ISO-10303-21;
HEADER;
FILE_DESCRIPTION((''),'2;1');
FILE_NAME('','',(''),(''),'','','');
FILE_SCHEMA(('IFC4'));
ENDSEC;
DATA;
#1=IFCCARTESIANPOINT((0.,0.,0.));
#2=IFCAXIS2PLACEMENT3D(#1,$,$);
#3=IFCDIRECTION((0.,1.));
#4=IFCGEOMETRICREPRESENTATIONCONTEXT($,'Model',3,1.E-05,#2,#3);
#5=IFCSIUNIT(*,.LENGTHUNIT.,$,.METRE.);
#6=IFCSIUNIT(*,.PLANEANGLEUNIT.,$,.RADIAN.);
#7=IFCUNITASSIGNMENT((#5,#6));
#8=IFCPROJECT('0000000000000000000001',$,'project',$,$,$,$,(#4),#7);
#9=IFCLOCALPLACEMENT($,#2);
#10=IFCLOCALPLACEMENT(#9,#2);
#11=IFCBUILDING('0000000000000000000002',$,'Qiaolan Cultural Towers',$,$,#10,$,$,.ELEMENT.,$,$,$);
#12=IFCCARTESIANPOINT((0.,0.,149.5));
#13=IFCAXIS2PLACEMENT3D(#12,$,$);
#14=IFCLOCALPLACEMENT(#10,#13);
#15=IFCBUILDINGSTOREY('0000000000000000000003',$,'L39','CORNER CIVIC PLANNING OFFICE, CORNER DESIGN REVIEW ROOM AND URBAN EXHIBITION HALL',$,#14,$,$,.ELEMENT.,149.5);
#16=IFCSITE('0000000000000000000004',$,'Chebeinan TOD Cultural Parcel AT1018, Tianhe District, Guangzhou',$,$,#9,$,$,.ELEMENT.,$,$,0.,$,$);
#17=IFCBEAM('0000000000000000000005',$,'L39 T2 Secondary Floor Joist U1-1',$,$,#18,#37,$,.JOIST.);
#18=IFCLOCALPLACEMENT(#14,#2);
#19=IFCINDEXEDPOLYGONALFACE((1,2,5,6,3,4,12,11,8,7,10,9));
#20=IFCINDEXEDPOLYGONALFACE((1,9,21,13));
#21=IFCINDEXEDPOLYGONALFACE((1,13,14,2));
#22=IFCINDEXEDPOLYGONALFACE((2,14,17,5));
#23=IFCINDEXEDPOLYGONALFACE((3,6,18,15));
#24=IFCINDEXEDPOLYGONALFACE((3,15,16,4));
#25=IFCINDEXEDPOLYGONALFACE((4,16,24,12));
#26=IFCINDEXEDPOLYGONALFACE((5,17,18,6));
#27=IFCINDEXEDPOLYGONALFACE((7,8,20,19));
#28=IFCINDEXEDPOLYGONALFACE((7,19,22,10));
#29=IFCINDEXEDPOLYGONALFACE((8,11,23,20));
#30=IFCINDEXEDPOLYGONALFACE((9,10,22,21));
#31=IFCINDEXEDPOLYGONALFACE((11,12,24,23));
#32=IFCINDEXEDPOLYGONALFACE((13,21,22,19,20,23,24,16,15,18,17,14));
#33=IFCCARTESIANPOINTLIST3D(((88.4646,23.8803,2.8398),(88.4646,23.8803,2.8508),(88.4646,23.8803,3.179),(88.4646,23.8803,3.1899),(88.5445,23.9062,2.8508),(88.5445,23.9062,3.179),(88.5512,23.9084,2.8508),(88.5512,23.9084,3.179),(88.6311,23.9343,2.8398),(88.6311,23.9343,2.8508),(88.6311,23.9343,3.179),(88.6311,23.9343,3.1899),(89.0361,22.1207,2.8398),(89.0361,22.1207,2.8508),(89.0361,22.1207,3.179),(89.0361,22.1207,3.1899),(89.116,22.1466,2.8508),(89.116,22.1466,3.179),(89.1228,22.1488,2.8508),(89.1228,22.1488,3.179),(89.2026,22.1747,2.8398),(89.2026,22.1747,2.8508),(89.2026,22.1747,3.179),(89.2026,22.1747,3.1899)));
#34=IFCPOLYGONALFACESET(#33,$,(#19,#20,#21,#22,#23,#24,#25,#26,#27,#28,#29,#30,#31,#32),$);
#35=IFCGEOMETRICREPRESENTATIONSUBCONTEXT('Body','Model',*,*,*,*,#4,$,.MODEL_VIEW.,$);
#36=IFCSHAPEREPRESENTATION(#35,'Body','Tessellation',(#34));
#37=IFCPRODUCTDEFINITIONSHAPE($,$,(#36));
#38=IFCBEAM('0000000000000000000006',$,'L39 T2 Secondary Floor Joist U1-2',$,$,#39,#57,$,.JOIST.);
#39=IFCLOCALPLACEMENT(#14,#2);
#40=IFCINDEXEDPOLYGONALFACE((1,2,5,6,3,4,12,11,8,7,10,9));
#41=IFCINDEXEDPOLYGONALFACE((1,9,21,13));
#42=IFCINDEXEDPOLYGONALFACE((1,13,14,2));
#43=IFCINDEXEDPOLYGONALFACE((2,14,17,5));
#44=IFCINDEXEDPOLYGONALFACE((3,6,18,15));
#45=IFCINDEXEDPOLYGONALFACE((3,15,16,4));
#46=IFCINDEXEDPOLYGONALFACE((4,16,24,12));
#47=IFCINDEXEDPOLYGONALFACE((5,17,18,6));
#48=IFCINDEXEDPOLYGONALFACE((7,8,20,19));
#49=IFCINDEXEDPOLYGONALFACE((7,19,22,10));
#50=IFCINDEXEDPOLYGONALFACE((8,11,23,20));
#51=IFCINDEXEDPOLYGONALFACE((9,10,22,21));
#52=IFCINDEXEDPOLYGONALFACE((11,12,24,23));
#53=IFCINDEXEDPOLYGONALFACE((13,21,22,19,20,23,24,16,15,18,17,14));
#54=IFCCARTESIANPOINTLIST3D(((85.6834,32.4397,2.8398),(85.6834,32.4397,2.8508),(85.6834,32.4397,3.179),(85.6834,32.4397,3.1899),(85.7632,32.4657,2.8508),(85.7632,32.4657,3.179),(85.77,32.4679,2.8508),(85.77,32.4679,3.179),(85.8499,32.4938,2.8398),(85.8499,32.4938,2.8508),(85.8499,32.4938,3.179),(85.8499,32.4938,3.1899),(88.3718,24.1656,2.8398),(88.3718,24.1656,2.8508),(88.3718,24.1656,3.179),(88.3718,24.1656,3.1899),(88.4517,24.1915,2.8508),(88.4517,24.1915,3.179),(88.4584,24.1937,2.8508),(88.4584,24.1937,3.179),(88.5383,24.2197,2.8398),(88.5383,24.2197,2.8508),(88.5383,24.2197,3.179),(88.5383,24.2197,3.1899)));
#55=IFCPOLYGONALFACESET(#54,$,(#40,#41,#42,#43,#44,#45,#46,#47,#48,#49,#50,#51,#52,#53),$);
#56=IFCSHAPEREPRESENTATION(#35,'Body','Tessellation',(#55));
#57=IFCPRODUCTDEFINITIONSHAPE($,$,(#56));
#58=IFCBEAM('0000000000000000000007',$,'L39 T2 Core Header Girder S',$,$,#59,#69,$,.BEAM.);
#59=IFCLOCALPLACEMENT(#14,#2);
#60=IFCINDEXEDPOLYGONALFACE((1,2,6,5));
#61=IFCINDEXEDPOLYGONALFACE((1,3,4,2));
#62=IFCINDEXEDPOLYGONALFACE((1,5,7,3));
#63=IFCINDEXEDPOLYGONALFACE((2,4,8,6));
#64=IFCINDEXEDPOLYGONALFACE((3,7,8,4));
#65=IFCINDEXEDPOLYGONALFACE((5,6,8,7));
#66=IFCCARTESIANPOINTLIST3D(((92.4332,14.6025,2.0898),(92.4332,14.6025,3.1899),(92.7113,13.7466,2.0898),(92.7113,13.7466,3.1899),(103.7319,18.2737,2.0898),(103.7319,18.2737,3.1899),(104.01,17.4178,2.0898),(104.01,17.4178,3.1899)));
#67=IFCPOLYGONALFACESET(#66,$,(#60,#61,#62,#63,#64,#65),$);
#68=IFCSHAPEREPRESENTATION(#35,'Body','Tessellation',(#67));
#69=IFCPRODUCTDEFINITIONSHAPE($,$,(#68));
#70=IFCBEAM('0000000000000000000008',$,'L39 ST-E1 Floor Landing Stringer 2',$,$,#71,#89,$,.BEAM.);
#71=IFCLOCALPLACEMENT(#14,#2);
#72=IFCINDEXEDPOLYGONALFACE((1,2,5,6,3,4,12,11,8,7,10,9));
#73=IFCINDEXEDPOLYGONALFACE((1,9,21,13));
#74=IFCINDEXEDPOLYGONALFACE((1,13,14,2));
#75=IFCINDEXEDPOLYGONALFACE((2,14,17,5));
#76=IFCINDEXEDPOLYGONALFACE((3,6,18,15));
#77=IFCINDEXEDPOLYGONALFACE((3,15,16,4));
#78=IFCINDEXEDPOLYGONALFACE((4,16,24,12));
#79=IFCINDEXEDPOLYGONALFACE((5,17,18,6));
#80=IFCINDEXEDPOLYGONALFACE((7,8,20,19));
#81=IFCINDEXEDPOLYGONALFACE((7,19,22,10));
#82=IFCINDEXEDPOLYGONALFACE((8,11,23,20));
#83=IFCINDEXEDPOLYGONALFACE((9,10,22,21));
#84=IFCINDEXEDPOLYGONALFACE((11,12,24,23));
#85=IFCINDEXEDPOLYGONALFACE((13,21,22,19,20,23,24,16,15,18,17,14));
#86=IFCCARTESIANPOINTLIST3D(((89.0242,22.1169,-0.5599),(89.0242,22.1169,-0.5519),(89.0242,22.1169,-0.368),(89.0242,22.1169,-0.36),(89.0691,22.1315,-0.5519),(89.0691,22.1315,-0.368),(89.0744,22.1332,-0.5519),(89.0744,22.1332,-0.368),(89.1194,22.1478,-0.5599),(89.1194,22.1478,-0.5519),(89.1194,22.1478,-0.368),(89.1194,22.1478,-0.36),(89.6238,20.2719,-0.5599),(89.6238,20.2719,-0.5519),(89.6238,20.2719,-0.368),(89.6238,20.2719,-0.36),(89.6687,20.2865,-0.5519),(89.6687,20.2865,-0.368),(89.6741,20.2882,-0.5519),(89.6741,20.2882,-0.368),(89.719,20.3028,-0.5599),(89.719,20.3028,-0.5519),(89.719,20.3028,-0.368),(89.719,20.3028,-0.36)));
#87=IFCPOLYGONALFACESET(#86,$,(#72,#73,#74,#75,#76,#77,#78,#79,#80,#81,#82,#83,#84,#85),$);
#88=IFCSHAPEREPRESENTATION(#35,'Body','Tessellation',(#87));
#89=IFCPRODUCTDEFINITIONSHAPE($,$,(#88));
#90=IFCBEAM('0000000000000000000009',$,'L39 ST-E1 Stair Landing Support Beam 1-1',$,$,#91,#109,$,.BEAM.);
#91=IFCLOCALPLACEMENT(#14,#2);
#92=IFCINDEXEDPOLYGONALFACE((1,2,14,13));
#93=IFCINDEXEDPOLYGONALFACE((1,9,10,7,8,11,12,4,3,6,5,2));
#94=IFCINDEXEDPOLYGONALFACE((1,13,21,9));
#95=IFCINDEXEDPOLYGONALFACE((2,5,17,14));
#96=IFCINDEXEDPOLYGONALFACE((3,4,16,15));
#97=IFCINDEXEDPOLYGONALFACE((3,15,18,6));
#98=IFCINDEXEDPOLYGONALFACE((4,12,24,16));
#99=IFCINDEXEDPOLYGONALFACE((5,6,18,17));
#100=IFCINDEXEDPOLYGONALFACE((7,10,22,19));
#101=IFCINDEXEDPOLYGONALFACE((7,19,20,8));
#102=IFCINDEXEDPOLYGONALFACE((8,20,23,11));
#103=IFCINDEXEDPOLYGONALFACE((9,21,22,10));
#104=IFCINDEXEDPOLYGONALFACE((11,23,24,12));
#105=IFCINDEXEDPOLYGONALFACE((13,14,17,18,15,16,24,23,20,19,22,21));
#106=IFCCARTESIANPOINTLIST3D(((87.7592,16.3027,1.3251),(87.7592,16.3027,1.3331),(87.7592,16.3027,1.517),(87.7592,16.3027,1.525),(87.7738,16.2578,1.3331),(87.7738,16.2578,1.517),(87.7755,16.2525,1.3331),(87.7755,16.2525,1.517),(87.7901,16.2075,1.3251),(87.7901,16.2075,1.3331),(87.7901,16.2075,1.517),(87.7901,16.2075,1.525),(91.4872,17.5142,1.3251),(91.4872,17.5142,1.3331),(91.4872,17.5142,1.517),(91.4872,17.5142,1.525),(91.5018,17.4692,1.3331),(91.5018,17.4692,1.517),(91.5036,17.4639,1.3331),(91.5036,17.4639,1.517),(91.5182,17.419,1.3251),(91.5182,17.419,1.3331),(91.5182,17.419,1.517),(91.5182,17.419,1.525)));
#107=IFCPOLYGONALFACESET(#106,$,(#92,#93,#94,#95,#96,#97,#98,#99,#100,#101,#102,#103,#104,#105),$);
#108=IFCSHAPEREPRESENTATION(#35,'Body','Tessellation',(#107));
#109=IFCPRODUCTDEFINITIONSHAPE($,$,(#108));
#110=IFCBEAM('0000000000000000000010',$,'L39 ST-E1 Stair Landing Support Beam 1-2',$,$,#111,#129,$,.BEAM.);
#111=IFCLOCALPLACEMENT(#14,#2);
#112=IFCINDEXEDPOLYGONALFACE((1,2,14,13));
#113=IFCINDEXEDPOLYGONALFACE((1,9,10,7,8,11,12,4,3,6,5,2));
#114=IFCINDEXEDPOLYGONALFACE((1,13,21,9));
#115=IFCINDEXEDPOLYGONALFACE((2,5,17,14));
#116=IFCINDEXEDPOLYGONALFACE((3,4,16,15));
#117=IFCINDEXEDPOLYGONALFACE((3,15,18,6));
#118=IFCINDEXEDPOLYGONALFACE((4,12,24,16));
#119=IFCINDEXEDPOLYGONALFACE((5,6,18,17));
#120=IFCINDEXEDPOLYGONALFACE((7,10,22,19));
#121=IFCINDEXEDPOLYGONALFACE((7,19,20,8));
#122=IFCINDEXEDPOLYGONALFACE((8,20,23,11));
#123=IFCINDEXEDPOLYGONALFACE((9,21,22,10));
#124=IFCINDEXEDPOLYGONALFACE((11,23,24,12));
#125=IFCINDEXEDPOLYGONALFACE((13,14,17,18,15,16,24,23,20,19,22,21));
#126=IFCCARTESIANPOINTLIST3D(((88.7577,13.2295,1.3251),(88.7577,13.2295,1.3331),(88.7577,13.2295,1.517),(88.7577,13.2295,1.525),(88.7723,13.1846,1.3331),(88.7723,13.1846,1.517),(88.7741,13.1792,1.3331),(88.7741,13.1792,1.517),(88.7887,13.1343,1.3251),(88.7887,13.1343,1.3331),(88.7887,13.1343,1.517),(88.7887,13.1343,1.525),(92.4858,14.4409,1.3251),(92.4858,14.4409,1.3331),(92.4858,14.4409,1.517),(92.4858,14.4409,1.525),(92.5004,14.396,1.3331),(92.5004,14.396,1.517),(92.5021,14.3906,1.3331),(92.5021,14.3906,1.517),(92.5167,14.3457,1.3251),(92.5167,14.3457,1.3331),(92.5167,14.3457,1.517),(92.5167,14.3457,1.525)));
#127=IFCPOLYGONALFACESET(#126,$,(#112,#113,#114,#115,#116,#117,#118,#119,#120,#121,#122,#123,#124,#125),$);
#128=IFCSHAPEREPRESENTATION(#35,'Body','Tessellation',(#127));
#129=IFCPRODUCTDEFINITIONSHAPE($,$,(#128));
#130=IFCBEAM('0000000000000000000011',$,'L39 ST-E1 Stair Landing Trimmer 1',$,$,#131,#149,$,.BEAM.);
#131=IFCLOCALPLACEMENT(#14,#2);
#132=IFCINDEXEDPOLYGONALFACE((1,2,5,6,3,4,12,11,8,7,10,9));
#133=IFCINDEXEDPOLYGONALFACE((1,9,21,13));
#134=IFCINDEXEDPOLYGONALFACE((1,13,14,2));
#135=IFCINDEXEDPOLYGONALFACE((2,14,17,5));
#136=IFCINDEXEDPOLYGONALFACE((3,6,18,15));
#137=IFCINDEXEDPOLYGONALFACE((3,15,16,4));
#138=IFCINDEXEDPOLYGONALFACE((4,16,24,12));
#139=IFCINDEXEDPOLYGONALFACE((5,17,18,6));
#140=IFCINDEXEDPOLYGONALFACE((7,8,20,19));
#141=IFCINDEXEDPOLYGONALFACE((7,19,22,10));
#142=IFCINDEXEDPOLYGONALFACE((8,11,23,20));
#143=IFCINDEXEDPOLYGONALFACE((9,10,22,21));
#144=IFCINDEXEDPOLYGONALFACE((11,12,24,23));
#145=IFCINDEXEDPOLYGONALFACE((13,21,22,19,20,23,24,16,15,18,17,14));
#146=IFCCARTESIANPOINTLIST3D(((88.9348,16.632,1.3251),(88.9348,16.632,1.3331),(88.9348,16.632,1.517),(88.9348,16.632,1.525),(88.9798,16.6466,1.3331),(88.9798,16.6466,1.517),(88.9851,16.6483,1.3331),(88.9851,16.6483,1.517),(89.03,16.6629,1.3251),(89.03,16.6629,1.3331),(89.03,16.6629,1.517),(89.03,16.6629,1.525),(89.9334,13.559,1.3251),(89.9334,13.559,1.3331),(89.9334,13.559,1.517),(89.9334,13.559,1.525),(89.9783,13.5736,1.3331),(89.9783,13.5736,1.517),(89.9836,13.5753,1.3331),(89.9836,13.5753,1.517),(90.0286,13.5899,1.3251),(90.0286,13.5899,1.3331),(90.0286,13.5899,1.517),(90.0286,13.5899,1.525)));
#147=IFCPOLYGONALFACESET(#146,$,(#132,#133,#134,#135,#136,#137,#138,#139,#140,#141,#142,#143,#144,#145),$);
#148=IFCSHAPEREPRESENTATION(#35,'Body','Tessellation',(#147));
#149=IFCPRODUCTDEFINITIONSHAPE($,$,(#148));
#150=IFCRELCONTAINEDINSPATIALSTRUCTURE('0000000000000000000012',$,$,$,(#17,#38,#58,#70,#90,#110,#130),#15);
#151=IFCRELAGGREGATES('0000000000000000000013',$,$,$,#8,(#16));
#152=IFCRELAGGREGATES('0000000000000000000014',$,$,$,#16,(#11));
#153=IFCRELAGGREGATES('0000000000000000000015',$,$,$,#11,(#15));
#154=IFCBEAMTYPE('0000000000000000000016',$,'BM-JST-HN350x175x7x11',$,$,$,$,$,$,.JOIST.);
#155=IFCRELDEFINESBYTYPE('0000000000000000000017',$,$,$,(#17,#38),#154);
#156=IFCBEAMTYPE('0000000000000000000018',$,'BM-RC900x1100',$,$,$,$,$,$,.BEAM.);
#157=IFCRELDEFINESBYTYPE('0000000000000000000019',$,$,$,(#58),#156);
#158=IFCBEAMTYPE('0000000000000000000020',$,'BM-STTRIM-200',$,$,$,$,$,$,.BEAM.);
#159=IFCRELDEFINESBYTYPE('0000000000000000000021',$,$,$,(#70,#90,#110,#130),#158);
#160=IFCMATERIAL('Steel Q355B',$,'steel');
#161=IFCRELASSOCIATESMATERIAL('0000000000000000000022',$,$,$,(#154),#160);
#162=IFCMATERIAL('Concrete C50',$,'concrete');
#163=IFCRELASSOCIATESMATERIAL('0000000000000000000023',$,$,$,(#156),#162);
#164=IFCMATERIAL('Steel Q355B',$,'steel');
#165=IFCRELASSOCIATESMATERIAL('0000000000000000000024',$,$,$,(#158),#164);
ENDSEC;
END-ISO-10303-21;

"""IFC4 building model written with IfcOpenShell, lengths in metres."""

from ifc_helpers import new_model, si_unit, direction, frame, origin, origin_2d, place, context, subcontext, project, spatial, rectangle, i_section, extrude, material, material_profile, profile_set, type_object, element, save


model = new_model("IFC4")

# Units and contexts
model_context = context("Model", 3, precision=1e-05, world=origin(), true_north=direction((0.0, 1.0)))
body_context = subcontext(model_context, "Body", "Model", "MODEL_VIEW")
ifc_project = project(units=[si_unit("LENGTHUNIT", "METRE"), si_unit("PLANEANGLEUNIT", "RADIAN")], contexts=[model_context])

# Site, building, storey
site_placement = place(None, origin())
site = spatial("IfcSite", under=ifc_project, at=site_placement, Name="Chebeinan TOD Cultural Parcel AT1018, Tianhe District, Guangzhou", CompositionType="ELEMENT", RefElevation=0.0)
building_placement = place(site_placement, origin())
building = spatial("IfcBuilding", under=site, at=building_placement, Name="Qiaolan Cultural Towers", CompositionType="ELEMENT")
storey_placement = place(building_placement, frame((0.0, 0.0, 149.5)))
storey = spatial("IfcBuildingStorey", under=building, at=storey_placement, Name="L39", Description="CORNER CIVIC PLANNING OFFICE, CORNER DESIGN REVIEW ROOM AND URBAN EXHIBITION HALL", CompositionType="ELEMENT", Elevation=149.5)

# Beams
ifc_material_1 = material(Name="Steel Q355B", Category="steel")
ifc_material_profile_1 = material_profile(ifc_material_1, i_section(OverallWidth=0.175, OverallDepth=0.3501, WebThickness=0.0071, FlangeThickness=0.011, at=origin_2d()), Name="HN350x175x7x11")
ifc_profile_set_1 = profile_set([ifc_material_profile_1], Name="Steel Q355B")
beam_type_1 = type_object("IfcBeamType", Name="BM-JST-HN350x175x7x11", PredefinedType="JOIST", material=ifc_profile_set_1)
beam_1_placement = place(storey_placement, frame((89.1194, 22.1477, 3.0149), z_axis=(-0.308934, 0.951084, 0.0), x_axis=(-0.951084, -0.308934, 0.0)))
element("IfcBeam", 1, at=beam_1_placement, inside=storey, type_object=beam_type_1, Name="L39 T2 Secondary Floor Joist U1-1", PredefinedType="JOIST", context=body_context, shape_type="SweptSolid", body=[
    extrude(i_section(OverallWidth=0.175, OverallDepth=0.3501, WebThickness=0.0071, FlangeThickness=0.011, at=origin_2d()), origin(), (0.0, 0.0, 1.0), 1.8501),
])
beam_2_placement = place(storey_placement, frame((88.4551, 24.1926, 3.0149), z_axis=(-0.309021, 0.951055, 0.0), x_axis=(-0.951055, -0.309021, 0.0)))
element("IfcBeam", 2, at=beam_2_placement, inside=storey, type_object=beam_type_1, Name="L39 T2 Secondary Floor Joist U1-2", PredefinedType="JOIST", context=body_context, shape_type="SweptSolid", body=[
    extrude(i_section(OverallWidth=0.175, OverallDepth=0.3501, WebThickness=0.0071, FlangeThickness=0.011, at=origin_2d()), origin(), (0.0, 0.0, 1.0), 8.7),
])
ifc_material_2 = material(Name="Concrete C50", Category="concrete")
ifc_material_profile_2 = material_profile(ifc_material_2, rectangle(XDim=0.8999, YDim=1.1001, at=origin_2d()), Name="RC900x1100")
ifc_profile_set_2 = profile_set([ifc_material_profile_2], Name="Concrete C50")
beam_type_2 = type_object("IfcBeamType", Name="BM-RC900x1100", PredefinedType="BEAM", material=ifc_profile_set_2)
beam_3_placement = place(storey_placement, frame((92.5723, 14.1746, 2.6399), z_axis=(0.951056, 0.309018, 0.0), x_axis=(-0.309018, 0.951056, 0.0)))
element("IfcBeam", 3, at=beam_3_placement, inside=storey, type_object=beam_type_2, Name="L39 T2 Core Header Girder S", PredefinedType="BEAM", context=body_context, shape_type="SweptSolid", body=[
    extrude(rectangle(XDim=0.8999, YDim=1.1001, at=origin_2d()), origin(), (0.0, 0.0, 1.0), 11.8801),
])
ifc_material_3 = material(Name="Steel Q355B", Category="steel")
ifc_material_profile_3 = material_profile(ifc_material_3, i_section(OverallWidth=0.1001, OverallDepth=0.2, WebThickness=0.0056, FlangeThickness=0.0081, at=origin_2d()), Name="HN200x100x5.5x8")
ifc_profile_set_3 = profile_set([ifc_material_profile_3], Name="Steel Q355B")
beam_type_3 = type_object("IfcBeamType", Name="BM-STTRIM-200", PredefinedType="BEAM", material=ifc_profile_set_3)
beam_4_placement = place(storey_placement, frame((89.0718, 22.1323, -0.46), z_axis=(0.309083, -0.951035, 0.0), x_axis=(0.951035, 0.309083, 0.0)))
element("IfcBeam", 4, at=beam_4_placement, inside=storey, type_object=beam_type_3, Name="L39 ST-E1 Floor Landing Stringer 2", PredefinedType="BEAM", context=body_context, shape_type="SweptSolid", body=[
    extrude(i_section(OverallWidth=0.1001, OverallDepth=0.2, WebThickness=0.0056, FlangeThickness=0.0081, at=origin_2d()), origin(), (0.0, 0.0, 1.0), 1.9399),
])
for number, where, z_axis, x_axis, name in (
    (5, (87.7747, 16.2551, 1.425), (0.951048, 0.309044, 0.0), (-0.309044, 0.951048, 0.0), "L39 ST-E1 Stair Landing Support Beam 1-1"),
    (6, (88.7732, 13.1819, 1.425), (0.951048, 0.309044, 0.0), (-0.309044, 0.951048, 0.0), "L39 ST-E1 Stair Landing Support Beam 1-2"),
):
    element("IfcBeam", number, at=place(storey_placement, frame(where, z_axis=z_axis, x_axis=x_axis)), inside=storey, type_object=beam_type_3, Name=name, PredefinedType="BEAM", context=body_context, shape_type="SweptSolid", body=[
        extrude(i_section(OverallWidth=0.1001, OverallDepth=0.2, WebThickness=0.0056, FlangeThickness=0.0081, at=origin_2d()), origin(), (0.0, 0.0, 1.0), 3.9199),
    ])
beam_5_placement = place(storey_placement, frame((88.9824, 16.6475, 1.425), z_axis=(0.309033, -0.951051, 0.0), x_axis=(0.951051, 0.309033, 0.0)))
element("IfcBeam", 7, at=beam_5_placement, inside=storey, type_object=beam_type_3, Name="L39 ST-E1 Stair Landing Trimmer 1", PredefinedType="BEAM", context=body_context, shape_type="SweptSolid", body=[
    extrude(i_section(OverallWidth=0.1001, OverallDepth=0.2, WebThickness=0.0056, FlangeThickness=0.0081, at=origin_2d()), origin(), (0.0, 0.0, 1.0), 3.2312),
])

save(model, "model.ifc")
